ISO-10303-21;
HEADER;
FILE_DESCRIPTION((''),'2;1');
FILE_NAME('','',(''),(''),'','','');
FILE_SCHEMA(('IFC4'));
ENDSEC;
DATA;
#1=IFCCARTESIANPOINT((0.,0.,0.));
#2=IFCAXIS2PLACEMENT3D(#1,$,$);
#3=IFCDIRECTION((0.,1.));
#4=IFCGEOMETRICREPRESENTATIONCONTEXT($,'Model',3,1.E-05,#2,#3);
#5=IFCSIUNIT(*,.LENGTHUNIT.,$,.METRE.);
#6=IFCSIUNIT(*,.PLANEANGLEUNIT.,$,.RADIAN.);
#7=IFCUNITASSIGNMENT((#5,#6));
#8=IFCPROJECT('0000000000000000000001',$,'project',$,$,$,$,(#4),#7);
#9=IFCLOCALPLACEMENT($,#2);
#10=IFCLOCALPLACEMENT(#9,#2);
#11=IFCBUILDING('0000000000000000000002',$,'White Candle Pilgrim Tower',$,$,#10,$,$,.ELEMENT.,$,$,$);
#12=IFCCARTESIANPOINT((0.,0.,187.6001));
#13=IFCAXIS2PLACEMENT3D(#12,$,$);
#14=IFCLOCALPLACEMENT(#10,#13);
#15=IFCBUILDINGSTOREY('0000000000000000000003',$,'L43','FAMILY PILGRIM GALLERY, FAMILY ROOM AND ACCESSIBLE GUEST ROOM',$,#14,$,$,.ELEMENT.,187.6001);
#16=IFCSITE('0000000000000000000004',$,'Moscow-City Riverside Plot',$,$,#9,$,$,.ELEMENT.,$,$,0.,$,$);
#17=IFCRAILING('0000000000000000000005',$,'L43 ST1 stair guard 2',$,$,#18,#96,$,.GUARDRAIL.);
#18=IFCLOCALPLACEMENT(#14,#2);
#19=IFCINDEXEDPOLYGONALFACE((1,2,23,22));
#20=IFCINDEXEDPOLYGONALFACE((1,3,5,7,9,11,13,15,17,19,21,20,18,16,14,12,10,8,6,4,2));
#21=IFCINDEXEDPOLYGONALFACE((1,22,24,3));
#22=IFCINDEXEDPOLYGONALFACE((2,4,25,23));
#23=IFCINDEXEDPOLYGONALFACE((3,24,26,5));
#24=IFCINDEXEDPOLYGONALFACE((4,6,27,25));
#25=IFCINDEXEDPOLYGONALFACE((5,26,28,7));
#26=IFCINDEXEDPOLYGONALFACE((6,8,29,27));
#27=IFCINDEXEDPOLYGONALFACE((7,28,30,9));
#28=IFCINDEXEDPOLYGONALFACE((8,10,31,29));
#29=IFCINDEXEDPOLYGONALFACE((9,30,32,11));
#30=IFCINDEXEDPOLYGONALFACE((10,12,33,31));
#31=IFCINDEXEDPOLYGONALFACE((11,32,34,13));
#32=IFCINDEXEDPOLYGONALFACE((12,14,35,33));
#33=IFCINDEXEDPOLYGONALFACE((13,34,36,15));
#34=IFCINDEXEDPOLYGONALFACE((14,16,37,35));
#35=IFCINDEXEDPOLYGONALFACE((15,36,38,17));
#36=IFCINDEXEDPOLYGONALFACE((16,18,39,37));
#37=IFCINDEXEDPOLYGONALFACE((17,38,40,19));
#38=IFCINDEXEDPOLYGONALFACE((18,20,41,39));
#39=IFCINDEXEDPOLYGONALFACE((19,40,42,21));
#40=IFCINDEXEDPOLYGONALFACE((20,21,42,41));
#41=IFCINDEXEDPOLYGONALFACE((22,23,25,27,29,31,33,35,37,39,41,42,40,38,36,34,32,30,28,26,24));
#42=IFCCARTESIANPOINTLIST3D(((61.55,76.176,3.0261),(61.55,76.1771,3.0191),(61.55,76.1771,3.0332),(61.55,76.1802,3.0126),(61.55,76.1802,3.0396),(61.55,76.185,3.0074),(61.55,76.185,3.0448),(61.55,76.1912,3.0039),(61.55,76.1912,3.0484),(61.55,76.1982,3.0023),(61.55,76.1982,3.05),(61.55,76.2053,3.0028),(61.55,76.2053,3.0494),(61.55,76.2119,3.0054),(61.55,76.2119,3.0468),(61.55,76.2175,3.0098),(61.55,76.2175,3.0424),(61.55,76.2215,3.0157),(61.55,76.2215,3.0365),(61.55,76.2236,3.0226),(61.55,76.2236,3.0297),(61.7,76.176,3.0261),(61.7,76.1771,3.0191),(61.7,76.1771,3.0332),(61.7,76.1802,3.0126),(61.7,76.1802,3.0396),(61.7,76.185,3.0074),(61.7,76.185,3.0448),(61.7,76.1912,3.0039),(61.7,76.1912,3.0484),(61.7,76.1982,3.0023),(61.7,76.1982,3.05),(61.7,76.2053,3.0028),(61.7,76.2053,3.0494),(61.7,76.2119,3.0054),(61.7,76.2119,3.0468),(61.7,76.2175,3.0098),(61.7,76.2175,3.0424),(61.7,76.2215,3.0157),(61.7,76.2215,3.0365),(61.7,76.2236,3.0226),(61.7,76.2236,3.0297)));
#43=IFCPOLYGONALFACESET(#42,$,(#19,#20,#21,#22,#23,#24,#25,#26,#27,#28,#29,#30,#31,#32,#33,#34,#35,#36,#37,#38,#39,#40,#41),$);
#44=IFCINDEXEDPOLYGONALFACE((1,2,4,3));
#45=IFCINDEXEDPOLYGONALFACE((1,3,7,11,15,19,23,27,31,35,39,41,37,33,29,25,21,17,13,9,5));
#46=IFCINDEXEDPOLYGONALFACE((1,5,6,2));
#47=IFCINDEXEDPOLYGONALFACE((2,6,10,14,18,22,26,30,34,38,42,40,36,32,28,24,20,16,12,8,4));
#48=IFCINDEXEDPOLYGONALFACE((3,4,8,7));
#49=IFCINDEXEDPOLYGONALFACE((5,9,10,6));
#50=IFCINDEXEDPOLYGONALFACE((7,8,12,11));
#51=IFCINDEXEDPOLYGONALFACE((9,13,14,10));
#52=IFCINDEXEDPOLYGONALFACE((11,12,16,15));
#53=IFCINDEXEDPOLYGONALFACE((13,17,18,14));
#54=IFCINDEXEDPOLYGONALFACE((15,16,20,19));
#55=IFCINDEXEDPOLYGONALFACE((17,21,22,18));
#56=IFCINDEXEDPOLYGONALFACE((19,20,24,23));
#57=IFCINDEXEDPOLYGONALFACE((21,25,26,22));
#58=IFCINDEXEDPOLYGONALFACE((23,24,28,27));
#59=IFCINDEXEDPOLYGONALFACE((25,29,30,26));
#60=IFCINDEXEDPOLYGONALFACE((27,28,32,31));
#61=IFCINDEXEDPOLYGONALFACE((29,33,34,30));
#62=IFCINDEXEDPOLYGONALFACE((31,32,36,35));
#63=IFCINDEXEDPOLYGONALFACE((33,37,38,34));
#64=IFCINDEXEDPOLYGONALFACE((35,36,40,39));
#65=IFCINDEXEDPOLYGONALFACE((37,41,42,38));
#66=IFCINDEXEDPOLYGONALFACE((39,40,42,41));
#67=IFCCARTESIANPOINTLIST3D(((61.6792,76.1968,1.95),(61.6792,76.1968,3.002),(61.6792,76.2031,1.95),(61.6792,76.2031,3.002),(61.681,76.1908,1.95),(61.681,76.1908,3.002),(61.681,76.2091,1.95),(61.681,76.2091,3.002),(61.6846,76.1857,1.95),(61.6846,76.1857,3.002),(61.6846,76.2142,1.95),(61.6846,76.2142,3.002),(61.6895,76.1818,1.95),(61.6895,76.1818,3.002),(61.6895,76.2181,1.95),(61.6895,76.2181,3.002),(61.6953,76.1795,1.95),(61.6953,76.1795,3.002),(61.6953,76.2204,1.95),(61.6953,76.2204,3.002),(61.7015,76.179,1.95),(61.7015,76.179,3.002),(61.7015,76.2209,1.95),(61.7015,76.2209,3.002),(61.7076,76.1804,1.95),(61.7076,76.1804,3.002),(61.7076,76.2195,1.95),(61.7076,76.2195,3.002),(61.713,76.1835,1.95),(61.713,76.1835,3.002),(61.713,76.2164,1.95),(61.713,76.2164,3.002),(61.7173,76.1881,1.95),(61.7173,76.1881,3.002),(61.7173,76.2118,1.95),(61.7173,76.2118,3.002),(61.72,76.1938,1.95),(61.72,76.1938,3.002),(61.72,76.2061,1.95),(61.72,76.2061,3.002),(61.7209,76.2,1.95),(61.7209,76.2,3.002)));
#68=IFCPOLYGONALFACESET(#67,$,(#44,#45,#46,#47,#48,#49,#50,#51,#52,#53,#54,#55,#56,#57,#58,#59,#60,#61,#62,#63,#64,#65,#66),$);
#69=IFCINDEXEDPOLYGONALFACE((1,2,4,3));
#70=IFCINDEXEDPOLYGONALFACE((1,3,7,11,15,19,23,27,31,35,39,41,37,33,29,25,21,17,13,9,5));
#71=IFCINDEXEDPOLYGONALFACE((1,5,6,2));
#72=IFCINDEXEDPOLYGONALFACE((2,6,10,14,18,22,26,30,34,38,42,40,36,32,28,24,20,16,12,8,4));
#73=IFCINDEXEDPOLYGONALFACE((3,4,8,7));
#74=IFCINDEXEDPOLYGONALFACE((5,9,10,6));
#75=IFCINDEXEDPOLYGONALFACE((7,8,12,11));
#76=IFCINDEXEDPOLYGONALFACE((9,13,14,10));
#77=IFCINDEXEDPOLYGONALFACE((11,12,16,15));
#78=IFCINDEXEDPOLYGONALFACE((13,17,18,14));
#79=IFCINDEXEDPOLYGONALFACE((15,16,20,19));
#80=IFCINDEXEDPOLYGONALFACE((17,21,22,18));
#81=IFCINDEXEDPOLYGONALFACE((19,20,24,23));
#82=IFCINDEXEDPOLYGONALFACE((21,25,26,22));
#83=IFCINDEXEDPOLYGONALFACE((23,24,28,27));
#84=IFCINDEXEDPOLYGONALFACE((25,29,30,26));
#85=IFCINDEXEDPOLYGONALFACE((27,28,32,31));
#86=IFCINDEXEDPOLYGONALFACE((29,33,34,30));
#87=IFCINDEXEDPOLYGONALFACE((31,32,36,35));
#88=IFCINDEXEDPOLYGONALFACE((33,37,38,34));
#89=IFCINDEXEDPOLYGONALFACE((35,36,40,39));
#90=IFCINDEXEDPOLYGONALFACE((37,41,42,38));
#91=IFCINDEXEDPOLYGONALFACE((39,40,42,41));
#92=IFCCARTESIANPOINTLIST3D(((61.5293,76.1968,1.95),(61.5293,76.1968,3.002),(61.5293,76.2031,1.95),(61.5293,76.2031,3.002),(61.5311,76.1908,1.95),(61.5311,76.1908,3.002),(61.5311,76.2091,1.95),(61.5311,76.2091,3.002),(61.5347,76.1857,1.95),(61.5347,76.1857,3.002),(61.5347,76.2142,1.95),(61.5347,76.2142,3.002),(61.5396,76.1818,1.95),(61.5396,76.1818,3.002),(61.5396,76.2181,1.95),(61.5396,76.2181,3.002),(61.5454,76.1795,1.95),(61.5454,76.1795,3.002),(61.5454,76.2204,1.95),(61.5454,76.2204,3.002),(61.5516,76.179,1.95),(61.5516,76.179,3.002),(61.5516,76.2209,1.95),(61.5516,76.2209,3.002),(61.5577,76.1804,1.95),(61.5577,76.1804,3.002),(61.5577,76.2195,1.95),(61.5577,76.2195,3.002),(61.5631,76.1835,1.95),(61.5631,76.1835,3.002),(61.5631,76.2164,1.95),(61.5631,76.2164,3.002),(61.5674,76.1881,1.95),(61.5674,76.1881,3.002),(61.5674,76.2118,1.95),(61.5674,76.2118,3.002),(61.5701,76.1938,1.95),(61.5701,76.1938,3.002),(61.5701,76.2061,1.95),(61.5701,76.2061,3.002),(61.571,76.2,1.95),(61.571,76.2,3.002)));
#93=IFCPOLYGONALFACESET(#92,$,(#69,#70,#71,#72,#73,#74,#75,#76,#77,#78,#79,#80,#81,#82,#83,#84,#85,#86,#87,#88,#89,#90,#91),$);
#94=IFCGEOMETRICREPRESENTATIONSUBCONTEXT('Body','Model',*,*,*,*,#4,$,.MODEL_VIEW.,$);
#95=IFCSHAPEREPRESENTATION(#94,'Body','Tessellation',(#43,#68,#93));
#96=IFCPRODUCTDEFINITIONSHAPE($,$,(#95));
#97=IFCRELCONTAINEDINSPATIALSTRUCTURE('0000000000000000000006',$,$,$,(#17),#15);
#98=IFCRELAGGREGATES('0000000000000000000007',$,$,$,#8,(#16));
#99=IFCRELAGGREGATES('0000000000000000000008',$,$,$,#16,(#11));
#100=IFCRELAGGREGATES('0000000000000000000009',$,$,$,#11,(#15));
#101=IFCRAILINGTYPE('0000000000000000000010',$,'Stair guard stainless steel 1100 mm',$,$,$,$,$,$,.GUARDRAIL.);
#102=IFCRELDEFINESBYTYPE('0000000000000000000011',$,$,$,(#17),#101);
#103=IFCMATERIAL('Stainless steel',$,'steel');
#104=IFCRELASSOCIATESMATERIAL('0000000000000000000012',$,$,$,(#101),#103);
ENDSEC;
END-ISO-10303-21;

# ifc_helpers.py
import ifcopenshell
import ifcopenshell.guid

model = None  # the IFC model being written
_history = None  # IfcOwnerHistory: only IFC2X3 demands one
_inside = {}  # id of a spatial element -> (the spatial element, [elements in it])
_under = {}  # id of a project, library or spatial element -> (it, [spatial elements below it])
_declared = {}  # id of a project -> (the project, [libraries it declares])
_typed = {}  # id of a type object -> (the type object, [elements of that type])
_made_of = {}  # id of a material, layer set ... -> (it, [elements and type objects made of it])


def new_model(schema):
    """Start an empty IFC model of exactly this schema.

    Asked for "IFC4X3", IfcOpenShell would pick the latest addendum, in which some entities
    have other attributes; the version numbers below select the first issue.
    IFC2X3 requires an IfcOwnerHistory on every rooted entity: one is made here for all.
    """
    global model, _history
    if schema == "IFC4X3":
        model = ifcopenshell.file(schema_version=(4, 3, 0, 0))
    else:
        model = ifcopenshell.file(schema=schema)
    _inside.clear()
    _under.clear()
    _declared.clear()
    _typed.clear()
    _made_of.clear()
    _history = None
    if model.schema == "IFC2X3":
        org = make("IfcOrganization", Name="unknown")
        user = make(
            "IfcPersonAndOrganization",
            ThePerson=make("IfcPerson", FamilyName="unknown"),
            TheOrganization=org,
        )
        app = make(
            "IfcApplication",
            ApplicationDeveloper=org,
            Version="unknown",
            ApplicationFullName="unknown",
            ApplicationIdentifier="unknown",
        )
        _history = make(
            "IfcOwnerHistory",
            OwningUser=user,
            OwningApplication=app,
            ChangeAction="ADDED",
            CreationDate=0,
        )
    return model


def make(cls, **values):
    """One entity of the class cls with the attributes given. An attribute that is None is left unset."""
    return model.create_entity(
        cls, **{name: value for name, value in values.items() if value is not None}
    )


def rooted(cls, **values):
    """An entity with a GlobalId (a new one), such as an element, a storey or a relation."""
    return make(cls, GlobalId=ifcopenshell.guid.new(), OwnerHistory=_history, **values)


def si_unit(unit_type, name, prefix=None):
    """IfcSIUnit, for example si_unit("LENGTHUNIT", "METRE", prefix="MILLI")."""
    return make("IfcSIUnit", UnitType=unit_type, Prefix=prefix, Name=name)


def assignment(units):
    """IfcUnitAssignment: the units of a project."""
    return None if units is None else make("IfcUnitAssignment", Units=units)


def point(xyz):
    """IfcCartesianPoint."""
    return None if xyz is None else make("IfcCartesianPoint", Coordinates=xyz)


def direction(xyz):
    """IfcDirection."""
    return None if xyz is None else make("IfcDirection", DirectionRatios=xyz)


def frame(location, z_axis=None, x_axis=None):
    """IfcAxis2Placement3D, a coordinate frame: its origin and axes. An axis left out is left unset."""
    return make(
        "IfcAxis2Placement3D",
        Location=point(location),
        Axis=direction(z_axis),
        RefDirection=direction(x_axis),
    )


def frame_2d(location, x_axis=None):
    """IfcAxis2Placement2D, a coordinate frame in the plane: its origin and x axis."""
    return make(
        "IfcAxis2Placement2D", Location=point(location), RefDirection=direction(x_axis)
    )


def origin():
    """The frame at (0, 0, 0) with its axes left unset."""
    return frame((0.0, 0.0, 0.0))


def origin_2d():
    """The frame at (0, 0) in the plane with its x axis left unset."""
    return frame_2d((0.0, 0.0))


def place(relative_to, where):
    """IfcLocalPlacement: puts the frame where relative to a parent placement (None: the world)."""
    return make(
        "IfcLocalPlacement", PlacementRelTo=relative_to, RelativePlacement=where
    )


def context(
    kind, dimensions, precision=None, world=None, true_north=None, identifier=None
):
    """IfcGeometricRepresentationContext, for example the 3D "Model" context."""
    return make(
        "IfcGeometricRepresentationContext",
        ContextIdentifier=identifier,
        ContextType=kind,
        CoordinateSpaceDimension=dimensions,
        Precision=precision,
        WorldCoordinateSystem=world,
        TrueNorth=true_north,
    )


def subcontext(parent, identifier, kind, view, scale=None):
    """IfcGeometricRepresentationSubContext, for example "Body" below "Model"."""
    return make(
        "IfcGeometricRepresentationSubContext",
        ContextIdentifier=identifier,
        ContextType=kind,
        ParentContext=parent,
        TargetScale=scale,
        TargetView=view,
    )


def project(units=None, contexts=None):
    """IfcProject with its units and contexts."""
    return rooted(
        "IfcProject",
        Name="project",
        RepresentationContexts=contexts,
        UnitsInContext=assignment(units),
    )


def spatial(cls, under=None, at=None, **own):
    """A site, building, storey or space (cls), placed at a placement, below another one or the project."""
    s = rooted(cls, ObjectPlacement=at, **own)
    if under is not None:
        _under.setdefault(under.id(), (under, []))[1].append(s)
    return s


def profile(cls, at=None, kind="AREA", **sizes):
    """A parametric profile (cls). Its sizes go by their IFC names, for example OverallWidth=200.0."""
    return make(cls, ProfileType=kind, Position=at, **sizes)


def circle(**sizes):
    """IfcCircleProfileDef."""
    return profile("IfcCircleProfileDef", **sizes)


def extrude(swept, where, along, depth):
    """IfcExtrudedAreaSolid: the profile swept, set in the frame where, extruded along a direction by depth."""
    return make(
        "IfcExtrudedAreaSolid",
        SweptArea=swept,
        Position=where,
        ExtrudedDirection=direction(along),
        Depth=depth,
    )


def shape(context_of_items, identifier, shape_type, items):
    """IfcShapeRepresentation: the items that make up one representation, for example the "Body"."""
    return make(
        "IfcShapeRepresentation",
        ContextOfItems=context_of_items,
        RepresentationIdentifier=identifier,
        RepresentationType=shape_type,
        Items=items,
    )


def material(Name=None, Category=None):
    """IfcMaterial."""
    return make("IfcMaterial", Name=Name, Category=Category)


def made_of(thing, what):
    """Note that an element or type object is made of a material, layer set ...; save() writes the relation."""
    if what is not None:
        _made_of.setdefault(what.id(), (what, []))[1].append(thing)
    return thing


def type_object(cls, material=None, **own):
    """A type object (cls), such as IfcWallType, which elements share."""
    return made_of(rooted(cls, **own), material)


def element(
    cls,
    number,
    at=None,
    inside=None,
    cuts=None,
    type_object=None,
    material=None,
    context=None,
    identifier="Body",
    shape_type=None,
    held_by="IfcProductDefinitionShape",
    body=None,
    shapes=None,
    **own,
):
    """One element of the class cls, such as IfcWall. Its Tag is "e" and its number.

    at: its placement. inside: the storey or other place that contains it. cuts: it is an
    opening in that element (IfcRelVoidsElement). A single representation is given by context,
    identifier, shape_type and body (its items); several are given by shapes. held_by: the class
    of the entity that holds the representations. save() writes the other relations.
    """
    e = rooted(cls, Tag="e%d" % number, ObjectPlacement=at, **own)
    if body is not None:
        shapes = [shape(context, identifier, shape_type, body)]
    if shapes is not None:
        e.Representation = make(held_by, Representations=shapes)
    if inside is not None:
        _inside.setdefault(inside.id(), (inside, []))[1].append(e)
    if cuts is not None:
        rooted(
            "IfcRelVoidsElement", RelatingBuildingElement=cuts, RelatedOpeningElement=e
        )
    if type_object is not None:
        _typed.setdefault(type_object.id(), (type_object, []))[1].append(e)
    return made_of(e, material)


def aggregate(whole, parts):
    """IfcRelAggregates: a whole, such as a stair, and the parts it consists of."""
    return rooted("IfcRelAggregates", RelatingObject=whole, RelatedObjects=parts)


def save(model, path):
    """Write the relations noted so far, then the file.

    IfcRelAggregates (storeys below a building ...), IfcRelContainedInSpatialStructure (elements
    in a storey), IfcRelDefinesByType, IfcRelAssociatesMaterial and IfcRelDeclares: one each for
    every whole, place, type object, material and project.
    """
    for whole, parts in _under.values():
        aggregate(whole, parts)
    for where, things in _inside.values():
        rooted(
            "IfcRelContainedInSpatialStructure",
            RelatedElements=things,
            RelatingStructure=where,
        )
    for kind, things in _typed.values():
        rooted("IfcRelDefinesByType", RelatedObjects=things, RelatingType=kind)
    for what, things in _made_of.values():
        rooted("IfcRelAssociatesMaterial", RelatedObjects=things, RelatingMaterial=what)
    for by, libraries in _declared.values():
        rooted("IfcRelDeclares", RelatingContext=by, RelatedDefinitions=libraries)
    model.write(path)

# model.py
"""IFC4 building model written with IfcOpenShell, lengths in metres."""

from ifc_helpers import new_model, si_unit, direction, frame, origin, origin_2d, place, context, subcontext, project, spatial, circle, extrude, material, type_object, element, save


model = new_model("IFC4")

# Units and contexts
model_context = context("Model", 3, precision=1e-05, world=origin(), true_north=direction((0.0, 1.0)))
body_context = subcontext(model_context, "Body", "Model", "MODEL_VIEW")
ifc_project = project(units=[si_unit("LENGTHUNIT", "METRE"), si_unit("PLANEANGLEUNIT", "RADIAN")], contexts=[model_context])

# Site, building, storey
site_placement = place(None, origin())
site = spatial("IfcSite", under=ifc_project, at=site_placement, Name="Moscow-City Riverside Plot", CompositionType="ELEMENT", RefElevation=0.0)
building_placement = place(site_placement, origin())
building = spatial("IfcBuilding", under=site, at=building_placement, Name="White Candle Pilgrim Tower", CompositionType="ELEMENT")
storey_placement = place(building_placement, frame((0.0, 0.0, 187.6001)))
storey = spatial("IfcBuildingStorey", under=building, at=storey_placement, Name="L43", Description="FAMILY PILGRIM GALLERY, FAMILY ROOM AND ACCESSIBLE GUEST ROOM", CompositionType="ELEMENT", Elevation=187.6001)

# Shared definitions
ifc_material_1 = material(Name="Stainless steel", Category="steel")

# Railing
railing_type_1 = type_object("IfcRailingType", Name="Stair guard stainless steel 1100 mm", PredefinedType="GUARDRAIL", material=ifc_material_1)
railing_1_placement = place(storey_placement, frame((61.7, 76.2, 1.95)))
element("IfcRailing", 1, at=railing_1_placement, inside=storey, type_object=railing_type_1, Name="L43 ST1 stair guard 2", PredefinedType="GUARDRAIL", context=body_context, shape_type="SweptSolid", body=[
    extrude(circle(Radius=0.0239, at=origin_2d()), frame((0.0, 0.0, 1.0762), z_axis=(-1.0, 0.0, 0.0), x_axis=(0.0, -1.0, 0.0)), (0.0, 0.0, 1.0), 0.1499),
    extrude(circle(Radius=0.021, at=origin_2d()), origin(), (0.0, 0.0, 1.0), 1.052),
    extrude(circle(Radius=0.021, at=origin_2d()), frame((-0.1499, 0.0, 0.0)), (0.0, 0.0, 1.0), 1.052),
])

save(model, "model.ifc")
